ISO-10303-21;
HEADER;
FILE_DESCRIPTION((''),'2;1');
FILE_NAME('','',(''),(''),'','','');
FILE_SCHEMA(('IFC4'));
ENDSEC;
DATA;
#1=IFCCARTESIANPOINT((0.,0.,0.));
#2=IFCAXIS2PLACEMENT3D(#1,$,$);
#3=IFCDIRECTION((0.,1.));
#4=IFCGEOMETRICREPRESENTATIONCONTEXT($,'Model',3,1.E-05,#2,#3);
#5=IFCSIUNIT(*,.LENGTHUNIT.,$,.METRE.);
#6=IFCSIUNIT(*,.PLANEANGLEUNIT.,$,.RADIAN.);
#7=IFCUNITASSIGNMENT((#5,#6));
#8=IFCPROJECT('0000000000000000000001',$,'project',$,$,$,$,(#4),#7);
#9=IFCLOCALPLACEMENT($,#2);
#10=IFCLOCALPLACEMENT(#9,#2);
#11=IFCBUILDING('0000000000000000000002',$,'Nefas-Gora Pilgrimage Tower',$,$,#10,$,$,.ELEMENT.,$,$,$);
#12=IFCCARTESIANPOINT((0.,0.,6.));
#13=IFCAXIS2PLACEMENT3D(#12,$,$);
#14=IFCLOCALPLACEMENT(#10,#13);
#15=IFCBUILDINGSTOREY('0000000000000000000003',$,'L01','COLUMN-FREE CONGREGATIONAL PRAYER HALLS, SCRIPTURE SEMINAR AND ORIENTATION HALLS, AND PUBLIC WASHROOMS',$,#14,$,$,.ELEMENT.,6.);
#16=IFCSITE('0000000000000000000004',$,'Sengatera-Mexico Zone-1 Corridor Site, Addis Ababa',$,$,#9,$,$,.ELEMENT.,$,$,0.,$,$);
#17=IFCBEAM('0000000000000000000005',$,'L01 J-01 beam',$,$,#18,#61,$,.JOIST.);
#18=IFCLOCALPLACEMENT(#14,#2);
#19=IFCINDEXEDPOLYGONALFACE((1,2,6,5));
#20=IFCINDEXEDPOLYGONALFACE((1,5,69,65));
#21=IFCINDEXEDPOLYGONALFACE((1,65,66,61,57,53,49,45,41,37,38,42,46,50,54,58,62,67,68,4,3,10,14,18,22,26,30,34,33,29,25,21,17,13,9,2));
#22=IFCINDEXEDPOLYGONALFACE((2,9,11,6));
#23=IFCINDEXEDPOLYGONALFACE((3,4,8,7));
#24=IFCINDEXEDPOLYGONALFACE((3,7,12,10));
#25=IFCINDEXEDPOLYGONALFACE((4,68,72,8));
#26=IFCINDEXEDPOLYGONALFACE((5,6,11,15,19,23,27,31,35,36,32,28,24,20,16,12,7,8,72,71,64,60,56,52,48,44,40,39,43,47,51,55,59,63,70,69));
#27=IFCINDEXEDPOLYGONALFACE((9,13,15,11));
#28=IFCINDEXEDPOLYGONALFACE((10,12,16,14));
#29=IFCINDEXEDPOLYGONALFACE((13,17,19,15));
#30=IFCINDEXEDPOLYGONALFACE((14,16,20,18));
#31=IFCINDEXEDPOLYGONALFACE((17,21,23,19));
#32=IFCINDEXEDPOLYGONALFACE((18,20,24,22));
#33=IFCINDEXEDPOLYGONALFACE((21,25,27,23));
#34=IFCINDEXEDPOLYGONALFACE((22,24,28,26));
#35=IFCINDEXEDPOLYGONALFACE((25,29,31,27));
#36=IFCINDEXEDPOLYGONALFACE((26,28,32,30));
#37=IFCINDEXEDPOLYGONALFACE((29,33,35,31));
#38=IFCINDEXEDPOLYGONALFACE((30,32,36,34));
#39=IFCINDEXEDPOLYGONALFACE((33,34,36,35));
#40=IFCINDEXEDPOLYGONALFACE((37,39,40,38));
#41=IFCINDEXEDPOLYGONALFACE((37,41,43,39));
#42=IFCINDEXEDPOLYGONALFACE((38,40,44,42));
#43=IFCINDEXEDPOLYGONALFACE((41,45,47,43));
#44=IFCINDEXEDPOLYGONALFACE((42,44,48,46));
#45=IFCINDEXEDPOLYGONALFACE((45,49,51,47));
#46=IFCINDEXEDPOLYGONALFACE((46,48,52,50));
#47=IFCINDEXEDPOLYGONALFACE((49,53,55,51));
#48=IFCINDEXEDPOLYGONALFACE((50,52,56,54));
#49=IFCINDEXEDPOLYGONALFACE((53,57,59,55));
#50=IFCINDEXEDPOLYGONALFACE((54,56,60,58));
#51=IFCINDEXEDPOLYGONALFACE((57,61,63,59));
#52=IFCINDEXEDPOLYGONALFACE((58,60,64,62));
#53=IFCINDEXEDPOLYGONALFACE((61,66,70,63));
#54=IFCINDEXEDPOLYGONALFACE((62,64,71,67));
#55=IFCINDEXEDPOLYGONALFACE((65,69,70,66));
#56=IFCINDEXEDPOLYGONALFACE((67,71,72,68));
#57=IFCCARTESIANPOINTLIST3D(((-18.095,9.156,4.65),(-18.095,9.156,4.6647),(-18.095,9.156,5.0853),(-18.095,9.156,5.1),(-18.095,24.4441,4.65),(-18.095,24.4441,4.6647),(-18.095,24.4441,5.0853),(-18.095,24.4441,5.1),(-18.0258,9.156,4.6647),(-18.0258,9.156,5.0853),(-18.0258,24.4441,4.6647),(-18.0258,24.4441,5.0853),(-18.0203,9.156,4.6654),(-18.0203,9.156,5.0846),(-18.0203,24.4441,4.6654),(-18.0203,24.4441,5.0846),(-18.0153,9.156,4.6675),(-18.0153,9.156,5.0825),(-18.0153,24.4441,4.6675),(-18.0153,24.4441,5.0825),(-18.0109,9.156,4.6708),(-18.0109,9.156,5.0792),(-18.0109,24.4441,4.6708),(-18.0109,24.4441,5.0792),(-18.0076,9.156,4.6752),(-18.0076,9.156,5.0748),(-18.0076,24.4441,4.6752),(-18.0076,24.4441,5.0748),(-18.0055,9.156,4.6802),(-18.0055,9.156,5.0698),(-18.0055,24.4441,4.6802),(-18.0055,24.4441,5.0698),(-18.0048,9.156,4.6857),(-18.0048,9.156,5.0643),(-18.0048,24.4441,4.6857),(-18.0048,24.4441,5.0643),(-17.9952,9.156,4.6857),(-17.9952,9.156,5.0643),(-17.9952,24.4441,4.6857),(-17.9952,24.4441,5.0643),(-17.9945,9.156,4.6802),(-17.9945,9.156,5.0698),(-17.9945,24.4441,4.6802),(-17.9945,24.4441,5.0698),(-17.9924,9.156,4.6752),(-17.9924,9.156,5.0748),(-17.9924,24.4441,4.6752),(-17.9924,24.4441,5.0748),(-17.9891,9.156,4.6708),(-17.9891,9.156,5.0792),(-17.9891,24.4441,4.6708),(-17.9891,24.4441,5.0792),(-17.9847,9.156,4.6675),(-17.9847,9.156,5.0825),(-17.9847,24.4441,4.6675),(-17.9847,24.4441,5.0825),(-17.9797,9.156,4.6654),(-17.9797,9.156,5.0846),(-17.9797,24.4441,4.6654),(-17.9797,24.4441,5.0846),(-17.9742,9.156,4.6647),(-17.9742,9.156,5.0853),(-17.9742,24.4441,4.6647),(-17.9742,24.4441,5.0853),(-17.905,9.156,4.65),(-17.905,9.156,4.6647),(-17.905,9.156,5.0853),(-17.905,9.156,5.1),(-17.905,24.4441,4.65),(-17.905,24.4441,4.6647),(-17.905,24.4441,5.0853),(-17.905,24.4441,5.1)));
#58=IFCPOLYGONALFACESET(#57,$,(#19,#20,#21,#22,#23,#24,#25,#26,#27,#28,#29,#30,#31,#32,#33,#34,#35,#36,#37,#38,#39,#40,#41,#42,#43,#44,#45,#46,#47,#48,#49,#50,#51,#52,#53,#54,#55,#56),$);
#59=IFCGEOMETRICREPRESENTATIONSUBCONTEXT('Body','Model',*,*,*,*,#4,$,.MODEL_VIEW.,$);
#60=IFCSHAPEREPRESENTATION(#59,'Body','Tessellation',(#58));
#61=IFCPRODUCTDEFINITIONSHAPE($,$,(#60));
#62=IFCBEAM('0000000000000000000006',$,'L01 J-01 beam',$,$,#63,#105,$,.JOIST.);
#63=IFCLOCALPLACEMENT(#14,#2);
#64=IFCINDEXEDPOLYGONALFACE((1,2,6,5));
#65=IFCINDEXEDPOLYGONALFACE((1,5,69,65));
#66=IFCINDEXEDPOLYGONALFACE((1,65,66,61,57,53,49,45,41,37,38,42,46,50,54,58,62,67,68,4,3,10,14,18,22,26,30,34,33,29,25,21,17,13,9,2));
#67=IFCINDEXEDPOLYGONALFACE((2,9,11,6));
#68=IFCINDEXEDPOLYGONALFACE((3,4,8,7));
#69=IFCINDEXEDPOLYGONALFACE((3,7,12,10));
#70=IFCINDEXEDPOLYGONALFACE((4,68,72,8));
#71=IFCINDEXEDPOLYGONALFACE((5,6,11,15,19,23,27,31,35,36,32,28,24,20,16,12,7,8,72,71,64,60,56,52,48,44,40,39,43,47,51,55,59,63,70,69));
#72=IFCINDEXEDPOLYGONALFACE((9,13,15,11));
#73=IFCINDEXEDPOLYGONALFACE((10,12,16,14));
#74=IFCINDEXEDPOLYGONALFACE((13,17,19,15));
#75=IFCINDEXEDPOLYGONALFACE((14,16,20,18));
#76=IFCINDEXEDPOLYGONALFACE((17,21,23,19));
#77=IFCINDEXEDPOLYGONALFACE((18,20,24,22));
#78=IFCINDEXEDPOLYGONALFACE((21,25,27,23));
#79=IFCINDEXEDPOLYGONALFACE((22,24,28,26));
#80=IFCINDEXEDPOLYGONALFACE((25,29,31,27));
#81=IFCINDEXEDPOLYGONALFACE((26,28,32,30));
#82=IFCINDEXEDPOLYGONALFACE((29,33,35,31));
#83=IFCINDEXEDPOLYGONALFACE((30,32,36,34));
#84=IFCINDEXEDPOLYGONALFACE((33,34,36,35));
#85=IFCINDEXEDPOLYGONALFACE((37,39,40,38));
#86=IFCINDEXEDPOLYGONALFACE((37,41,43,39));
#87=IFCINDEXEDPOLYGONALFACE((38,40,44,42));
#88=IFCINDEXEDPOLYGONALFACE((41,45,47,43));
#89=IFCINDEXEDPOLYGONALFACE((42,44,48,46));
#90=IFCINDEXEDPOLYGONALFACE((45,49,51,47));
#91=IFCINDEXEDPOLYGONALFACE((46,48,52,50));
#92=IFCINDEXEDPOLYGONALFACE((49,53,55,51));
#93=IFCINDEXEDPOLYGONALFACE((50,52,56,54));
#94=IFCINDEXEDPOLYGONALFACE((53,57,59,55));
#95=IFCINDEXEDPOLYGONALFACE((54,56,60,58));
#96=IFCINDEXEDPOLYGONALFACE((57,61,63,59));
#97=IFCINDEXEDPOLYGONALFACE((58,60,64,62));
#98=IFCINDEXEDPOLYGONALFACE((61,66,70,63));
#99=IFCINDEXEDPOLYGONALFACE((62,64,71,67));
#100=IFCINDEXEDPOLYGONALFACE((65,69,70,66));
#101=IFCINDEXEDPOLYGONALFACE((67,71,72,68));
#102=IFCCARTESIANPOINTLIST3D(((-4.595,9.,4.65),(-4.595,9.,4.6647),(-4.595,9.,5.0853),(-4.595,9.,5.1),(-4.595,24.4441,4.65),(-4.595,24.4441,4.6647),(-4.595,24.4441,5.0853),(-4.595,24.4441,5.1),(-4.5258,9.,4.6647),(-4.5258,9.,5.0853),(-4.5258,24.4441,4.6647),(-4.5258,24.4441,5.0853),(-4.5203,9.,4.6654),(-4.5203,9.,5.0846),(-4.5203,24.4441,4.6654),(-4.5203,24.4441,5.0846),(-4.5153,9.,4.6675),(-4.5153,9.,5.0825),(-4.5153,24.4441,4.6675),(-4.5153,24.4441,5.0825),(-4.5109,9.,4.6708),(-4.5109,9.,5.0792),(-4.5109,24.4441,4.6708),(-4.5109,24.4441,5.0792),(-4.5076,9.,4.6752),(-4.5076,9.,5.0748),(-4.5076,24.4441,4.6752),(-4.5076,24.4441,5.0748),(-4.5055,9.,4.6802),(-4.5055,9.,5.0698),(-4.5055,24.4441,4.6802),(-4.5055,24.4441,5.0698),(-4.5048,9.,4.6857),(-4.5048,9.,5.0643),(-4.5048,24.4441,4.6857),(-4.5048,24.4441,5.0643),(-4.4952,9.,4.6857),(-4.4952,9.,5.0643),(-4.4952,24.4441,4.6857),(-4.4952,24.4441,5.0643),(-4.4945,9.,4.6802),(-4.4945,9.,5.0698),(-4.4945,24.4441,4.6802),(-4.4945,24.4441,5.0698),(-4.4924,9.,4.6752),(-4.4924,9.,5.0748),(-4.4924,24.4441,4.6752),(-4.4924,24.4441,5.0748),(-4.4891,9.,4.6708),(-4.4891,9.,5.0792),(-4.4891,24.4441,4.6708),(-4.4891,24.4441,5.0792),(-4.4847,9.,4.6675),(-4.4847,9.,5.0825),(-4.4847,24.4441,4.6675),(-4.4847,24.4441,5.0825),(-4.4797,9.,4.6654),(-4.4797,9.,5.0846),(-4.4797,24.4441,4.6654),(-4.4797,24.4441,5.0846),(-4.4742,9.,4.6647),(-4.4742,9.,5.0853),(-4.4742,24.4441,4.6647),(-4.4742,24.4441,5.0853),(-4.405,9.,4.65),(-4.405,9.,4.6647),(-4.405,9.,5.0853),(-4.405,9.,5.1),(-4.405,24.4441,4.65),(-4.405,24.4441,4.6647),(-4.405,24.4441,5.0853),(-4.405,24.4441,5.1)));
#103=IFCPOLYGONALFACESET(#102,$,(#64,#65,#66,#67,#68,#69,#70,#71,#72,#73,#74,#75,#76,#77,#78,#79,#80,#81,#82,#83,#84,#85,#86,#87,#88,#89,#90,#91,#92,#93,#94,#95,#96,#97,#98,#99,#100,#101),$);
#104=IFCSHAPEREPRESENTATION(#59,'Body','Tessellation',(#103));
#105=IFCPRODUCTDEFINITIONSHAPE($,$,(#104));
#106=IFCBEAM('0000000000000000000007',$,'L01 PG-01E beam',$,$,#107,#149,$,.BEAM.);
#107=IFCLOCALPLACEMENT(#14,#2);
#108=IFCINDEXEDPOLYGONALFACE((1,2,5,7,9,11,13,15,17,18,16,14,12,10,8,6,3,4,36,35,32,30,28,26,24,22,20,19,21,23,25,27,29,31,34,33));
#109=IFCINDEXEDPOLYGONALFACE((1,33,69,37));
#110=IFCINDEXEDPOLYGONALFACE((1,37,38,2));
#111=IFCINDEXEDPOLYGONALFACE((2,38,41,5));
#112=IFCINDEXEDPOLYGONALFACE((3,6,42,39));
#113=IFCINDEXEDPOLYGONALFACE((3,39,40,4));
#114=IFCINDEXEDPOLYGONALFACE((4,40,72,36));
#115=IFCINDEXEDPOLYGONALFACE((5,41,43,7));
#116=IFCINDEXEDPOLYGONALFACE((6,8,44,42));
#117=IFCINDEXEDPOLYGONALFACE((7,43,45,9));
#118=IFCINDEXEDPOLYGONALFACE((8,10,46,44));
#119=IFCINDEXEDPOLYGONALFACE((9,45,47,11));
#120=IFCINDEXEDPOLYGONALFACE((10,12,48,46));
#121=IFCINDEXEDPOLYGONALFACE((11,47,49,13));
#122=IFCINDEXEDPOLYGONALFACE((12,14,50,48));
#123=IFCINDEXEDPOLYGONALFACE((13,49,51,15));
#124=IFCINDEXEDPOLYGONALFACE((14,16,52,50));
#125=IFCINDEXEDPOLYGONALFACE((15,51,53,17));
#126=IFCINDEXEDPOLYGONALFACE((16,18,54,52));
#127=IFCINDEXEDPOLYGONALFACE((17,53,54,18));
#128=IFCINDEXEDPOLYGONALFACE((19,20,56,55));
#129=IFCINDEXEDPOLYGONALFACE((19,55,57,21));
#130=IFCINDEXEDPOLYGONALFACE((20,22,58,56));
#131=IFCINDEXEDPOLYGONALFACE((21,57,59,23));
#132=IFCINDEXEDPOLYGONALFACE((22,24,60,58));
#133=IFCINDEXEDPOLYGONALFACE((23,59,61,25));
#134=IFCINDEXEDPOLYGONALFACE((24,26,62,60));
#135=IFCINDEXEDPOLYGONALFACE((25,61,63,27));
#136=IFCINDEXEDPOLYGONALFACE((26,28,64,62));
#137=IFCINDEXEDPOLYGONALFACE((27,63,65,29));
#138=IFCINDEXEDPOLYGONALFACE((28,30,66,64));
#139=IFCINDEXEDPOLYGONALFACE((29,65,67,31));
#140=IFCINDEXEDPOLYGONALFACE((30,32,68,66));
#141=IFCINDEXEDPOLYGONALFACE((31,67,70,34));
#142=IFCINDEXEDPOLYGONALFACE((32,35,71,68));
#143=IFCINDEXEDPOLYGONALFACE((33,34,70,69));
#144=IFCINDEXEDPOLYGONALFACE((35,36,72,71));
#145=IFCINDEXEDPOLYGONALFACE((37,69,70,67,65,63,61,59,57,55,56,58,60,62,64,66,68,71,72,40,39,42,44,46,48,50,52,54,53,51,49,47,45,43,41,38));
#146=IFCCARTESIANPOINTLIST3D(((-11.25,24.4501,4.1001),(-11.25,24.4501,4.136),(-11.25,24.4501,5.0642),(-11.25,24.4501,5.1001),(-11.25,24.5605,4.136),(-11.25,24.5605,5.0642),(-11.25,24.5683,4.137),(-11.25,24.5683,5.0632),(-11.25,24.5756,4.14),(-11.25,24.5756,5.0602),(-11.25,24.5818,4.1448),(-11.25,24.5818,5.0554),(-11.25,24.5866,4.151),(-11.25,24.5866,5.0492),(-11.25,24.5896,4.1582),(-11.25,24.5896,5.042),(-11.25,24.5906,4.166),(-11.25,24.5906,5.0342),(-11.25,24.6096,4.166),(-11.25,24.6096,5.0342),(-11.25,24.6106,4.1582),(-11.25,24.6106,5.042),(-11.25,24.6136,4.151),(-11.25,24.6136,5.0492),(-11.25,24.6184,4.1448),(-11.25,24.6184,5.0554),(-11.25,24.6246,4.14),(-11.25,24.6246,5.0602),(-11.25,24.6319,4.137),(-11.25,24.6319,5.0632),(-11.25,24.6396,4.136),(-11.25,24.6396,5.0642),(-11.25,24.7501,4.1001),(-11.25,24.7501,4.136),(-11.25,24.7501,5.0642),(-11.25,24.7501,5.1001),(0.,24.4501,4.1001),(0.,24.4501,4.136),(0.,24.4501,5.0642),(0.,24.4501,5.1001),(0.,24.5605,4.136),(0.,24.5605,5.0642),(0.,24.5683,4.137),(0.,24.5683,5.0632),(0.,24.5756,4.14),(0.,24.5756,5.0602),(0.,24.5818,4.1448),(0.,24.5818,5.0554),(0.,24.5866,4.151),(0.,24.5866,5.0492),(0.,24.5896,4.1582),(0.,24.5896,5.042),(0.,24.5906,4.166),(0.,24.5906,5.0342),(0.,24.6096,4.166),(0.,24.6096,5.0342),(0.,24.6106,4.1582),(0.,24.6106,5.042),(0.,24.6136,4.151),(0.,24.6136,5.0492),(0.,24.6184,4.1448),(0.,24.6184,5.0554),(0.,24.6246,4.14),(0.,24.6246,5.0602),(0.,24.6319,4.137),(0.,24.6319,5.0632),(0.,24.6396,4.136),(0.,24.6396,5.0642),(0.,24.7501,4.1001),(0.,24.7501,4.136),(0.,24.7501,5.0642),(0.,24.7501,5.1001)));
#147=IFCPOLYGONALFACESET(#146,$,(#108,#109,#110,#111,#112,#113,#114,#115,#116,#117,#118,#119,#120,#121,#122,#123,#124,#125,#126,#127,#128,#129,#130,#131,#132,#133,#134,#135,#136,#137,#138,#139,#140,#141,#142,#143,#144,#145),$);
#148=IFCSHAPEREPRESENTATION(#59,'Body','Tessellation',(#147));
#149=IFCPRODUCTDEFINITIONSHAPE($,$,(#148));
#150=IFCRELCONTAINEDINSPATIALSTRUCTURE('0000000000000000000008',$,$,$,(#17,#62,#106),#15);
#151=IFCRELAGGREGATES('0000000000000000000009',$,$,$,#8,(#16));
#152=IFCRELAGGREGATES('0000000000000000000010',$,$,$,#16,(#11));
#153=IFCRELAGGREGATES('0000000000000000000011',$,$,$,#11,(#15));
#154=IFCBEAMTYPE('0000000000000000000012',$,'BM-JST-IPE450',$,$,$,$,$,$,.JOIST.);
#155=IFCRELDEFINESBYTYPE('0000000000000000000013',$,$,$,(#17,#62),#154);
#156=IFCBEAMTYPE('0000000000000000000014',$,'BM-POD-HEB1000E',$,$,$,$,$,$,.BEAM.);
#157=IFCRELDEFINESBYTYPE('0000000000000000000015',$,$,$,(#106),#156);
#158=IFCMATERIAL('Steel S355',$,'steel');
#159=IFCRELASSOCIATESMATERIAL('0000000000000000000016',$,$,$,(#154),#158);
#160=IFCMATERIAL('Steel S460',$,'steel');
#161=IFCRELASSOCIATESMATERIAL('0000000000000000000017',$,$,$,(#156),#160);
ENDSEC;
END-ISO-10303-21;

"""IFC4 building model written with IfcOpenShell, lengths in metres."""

from ifc_helpers import new_model, si_unit, direction, frame, origin, origin_2d, place, context, subcontext, project, spatial, i_section, extrude, source, transform, mapped, material, material_profile, profile_set, type_object, element, save


model = new_model("IFC4")

# Units and contexts
model_context = context("Model", 3, precision=1e-05, world=origin(), true_north=direction((0.0, 1.0)))
body_context = subcontext(model_context, "Body", "Model", "MODEL_VIEW")
ifc_project = project(units=[si_unit("LENGTHUNIT", "METRE"), si_unit("PLANEANGLEUNIT", "RADIAN")], contexts=[model_context])

# Site, building, storey
site_placement = place(None, origin())
site = spatial("IfcSite", under=ifc_project, at=site_placement, Name="Sengatera-Mexico Zone-1 Corridor Site, Addis Ababa", CompositionType="ELEMENT", RefElevation=0.0)
building_placement = place(site_placement, origin())
building = spatial("IfcBuilding", under=site, at=building_placement, Name="Nefas-Gora Pilgrimage Tower", CompositionType="ELEMENT")
storey_placement = place(building_placement, frame((0.0, 0.0, 6.0)))
storey = spatial("IfcBuildingStorey", under=building, at=storey_placement, Name="L01", Description="COLUMN-FREE CONGREGATIONAL PRAYER HALLS, SCRIPTURE SEMINAR AND ORIENTATION HALLS, AND PUBLIC WASHROOMS", CompositionType="ELEMENT", Elevation=6.0)

# Shared definitions
ifc_material_1 = material(Name="Steel S460", Category="steel")

# Beams
ifc_material_2 = material(Name="Steel S355", Category="steel")
ifc_material_profile_1 = material_profile(ifc_material_2, i_section(OverallWidth=0.1899, OverallDepth=0.45, WebThickness=0.0095, FlangeThickness=0.0146, FilletRadius=0.021, at=origin_2d()), Name="IPE 450")
ifc_profile_set_1 = profile_set([ifc_material_profile_1], Name="Steel S355")
beam_type_1 = type_object("IfcBeamType", Name="BM-JST-IPE450", PredefinedType="JOIST", material=ifc_profile_set_1)
shared_shape_1 = source(origin(), body_context, "Body", "SweptSolid", [
    extrude(i_section(OverallWidth=0.1899, OverallDepth=0.45, WebThickness=0.0095, FlangeThickness=0.0146, FilletRadius=0.021, at=origin_2d()), origin(), (0.0, 0.0, 1.0), 15.2881),
])
beam_1_placement = place(storey_placement, frame((-18.0, 9.156, 4.875), z_axis=(0.0, 1.0, 0.0), x_axis=(-1.0, 0.0, 0.0)))
element("IfcBeam", 1, at=beam_1_placement, inside=storey, type_object=beam_type_1, Name="L01 J-01 beam", PredefinedType="JOIST", context=body_context, shape_type="MappedRepresentation", body=[
    mapped(shared_shape_1, transform((0.0, 0.0, 0.0), x_axis=(1.0, 0.0, 0.0), y_axis=(0.0, 1.0, 0.0), z_axis=(0.0, 0.0, 1.0), scale=1.0)),
])
shared_shape_2 = source(origin(), body_context, "Body", "SweptSolid", [
    extrude(i_section(OverallWidth=0.1899, OverallDepth=0.45, WebThickness=0.0095, FlangeThickness=0.0146, FilletRadius=0.021, at=origin_2d()), origin(), (0.0, 0.0, 1.0), 15.4441),
])
beam_2_placement = place(storey_placement, frame((-4.5, 9.0, 4.875), z_axis=(0.0, 1.0, 0.0), x_axis=(-1.0, 0.0, 0.0)))
element("IfcBeam", 2, at=beam_2_placement, inside=storey, type_object=beam_type_1, Name="L01 J-01 beam", PredefinedType="JOIST", context=body_context, shape_type="MappedRepresentation", body=[
    mapped(shared_shape_2, transform((0.0, 0.0, 0.0), x_axis=(1.0, 0.0, 0.0), y_axis=(0.0, 1.0, 0.0), z_axis=(0.0, 0.0, 1.0), scale=1.0)),
])
ifc_material_profile_2 = material_profile(ifc_material_1, i_section(OverallWidth=0.3, OverallDepth=1.0, WebThickness=0.019, FlangeThickness=0.0359, FilletRadius=0.03, at=origin_2d()), Name="HEB 1000")
ifc_profile_set_2 = profile_set([ifc_material_profile_2], Name="Steel S460")
beam_type_2 = type_object("IfcBeamType", Name="BM-POD-HEB1000E", PredefinedType="BEAM", material=ifc_profile_set_2)
shared_shape_3 = source(origin(), body_context, "Body", "SweptSolid", [
    extrude(i_section(OverallWidth=0.3, OverallDepth=1.0, WebThickness=0.019, FlangeThickness=0.0359, FilletRadius=0.03, at=origin_2d()), origin(), (0.0, 0.0, 1.0), 11.25),
])
beam_3_placement = place(storey_placement, frame((-11.25, 24.6001, 4.6001), z_axis=(1.0, 0.0, 0.0), x_axis=(0.0, 1.0, 0.0)))
element("IfcBeam", 3, at=beam_3_placement, inside=storey, type_object=beam_type_2, Name="L01 PG-01E beam", PredefinedType="BEAM", context=body_context, shape_type="MappedRepresentation", body=[
    mapped(shared_shape_3, transform((0.0, 0.0, 0.0), x_axis=(1.0, 0.0, 0.0), y_axis=(0.0, 1.0, 0.0), z_axis=(0.0, 0.0, 1.0), scale=1.0)),
])

save(model, "model.ifc")
